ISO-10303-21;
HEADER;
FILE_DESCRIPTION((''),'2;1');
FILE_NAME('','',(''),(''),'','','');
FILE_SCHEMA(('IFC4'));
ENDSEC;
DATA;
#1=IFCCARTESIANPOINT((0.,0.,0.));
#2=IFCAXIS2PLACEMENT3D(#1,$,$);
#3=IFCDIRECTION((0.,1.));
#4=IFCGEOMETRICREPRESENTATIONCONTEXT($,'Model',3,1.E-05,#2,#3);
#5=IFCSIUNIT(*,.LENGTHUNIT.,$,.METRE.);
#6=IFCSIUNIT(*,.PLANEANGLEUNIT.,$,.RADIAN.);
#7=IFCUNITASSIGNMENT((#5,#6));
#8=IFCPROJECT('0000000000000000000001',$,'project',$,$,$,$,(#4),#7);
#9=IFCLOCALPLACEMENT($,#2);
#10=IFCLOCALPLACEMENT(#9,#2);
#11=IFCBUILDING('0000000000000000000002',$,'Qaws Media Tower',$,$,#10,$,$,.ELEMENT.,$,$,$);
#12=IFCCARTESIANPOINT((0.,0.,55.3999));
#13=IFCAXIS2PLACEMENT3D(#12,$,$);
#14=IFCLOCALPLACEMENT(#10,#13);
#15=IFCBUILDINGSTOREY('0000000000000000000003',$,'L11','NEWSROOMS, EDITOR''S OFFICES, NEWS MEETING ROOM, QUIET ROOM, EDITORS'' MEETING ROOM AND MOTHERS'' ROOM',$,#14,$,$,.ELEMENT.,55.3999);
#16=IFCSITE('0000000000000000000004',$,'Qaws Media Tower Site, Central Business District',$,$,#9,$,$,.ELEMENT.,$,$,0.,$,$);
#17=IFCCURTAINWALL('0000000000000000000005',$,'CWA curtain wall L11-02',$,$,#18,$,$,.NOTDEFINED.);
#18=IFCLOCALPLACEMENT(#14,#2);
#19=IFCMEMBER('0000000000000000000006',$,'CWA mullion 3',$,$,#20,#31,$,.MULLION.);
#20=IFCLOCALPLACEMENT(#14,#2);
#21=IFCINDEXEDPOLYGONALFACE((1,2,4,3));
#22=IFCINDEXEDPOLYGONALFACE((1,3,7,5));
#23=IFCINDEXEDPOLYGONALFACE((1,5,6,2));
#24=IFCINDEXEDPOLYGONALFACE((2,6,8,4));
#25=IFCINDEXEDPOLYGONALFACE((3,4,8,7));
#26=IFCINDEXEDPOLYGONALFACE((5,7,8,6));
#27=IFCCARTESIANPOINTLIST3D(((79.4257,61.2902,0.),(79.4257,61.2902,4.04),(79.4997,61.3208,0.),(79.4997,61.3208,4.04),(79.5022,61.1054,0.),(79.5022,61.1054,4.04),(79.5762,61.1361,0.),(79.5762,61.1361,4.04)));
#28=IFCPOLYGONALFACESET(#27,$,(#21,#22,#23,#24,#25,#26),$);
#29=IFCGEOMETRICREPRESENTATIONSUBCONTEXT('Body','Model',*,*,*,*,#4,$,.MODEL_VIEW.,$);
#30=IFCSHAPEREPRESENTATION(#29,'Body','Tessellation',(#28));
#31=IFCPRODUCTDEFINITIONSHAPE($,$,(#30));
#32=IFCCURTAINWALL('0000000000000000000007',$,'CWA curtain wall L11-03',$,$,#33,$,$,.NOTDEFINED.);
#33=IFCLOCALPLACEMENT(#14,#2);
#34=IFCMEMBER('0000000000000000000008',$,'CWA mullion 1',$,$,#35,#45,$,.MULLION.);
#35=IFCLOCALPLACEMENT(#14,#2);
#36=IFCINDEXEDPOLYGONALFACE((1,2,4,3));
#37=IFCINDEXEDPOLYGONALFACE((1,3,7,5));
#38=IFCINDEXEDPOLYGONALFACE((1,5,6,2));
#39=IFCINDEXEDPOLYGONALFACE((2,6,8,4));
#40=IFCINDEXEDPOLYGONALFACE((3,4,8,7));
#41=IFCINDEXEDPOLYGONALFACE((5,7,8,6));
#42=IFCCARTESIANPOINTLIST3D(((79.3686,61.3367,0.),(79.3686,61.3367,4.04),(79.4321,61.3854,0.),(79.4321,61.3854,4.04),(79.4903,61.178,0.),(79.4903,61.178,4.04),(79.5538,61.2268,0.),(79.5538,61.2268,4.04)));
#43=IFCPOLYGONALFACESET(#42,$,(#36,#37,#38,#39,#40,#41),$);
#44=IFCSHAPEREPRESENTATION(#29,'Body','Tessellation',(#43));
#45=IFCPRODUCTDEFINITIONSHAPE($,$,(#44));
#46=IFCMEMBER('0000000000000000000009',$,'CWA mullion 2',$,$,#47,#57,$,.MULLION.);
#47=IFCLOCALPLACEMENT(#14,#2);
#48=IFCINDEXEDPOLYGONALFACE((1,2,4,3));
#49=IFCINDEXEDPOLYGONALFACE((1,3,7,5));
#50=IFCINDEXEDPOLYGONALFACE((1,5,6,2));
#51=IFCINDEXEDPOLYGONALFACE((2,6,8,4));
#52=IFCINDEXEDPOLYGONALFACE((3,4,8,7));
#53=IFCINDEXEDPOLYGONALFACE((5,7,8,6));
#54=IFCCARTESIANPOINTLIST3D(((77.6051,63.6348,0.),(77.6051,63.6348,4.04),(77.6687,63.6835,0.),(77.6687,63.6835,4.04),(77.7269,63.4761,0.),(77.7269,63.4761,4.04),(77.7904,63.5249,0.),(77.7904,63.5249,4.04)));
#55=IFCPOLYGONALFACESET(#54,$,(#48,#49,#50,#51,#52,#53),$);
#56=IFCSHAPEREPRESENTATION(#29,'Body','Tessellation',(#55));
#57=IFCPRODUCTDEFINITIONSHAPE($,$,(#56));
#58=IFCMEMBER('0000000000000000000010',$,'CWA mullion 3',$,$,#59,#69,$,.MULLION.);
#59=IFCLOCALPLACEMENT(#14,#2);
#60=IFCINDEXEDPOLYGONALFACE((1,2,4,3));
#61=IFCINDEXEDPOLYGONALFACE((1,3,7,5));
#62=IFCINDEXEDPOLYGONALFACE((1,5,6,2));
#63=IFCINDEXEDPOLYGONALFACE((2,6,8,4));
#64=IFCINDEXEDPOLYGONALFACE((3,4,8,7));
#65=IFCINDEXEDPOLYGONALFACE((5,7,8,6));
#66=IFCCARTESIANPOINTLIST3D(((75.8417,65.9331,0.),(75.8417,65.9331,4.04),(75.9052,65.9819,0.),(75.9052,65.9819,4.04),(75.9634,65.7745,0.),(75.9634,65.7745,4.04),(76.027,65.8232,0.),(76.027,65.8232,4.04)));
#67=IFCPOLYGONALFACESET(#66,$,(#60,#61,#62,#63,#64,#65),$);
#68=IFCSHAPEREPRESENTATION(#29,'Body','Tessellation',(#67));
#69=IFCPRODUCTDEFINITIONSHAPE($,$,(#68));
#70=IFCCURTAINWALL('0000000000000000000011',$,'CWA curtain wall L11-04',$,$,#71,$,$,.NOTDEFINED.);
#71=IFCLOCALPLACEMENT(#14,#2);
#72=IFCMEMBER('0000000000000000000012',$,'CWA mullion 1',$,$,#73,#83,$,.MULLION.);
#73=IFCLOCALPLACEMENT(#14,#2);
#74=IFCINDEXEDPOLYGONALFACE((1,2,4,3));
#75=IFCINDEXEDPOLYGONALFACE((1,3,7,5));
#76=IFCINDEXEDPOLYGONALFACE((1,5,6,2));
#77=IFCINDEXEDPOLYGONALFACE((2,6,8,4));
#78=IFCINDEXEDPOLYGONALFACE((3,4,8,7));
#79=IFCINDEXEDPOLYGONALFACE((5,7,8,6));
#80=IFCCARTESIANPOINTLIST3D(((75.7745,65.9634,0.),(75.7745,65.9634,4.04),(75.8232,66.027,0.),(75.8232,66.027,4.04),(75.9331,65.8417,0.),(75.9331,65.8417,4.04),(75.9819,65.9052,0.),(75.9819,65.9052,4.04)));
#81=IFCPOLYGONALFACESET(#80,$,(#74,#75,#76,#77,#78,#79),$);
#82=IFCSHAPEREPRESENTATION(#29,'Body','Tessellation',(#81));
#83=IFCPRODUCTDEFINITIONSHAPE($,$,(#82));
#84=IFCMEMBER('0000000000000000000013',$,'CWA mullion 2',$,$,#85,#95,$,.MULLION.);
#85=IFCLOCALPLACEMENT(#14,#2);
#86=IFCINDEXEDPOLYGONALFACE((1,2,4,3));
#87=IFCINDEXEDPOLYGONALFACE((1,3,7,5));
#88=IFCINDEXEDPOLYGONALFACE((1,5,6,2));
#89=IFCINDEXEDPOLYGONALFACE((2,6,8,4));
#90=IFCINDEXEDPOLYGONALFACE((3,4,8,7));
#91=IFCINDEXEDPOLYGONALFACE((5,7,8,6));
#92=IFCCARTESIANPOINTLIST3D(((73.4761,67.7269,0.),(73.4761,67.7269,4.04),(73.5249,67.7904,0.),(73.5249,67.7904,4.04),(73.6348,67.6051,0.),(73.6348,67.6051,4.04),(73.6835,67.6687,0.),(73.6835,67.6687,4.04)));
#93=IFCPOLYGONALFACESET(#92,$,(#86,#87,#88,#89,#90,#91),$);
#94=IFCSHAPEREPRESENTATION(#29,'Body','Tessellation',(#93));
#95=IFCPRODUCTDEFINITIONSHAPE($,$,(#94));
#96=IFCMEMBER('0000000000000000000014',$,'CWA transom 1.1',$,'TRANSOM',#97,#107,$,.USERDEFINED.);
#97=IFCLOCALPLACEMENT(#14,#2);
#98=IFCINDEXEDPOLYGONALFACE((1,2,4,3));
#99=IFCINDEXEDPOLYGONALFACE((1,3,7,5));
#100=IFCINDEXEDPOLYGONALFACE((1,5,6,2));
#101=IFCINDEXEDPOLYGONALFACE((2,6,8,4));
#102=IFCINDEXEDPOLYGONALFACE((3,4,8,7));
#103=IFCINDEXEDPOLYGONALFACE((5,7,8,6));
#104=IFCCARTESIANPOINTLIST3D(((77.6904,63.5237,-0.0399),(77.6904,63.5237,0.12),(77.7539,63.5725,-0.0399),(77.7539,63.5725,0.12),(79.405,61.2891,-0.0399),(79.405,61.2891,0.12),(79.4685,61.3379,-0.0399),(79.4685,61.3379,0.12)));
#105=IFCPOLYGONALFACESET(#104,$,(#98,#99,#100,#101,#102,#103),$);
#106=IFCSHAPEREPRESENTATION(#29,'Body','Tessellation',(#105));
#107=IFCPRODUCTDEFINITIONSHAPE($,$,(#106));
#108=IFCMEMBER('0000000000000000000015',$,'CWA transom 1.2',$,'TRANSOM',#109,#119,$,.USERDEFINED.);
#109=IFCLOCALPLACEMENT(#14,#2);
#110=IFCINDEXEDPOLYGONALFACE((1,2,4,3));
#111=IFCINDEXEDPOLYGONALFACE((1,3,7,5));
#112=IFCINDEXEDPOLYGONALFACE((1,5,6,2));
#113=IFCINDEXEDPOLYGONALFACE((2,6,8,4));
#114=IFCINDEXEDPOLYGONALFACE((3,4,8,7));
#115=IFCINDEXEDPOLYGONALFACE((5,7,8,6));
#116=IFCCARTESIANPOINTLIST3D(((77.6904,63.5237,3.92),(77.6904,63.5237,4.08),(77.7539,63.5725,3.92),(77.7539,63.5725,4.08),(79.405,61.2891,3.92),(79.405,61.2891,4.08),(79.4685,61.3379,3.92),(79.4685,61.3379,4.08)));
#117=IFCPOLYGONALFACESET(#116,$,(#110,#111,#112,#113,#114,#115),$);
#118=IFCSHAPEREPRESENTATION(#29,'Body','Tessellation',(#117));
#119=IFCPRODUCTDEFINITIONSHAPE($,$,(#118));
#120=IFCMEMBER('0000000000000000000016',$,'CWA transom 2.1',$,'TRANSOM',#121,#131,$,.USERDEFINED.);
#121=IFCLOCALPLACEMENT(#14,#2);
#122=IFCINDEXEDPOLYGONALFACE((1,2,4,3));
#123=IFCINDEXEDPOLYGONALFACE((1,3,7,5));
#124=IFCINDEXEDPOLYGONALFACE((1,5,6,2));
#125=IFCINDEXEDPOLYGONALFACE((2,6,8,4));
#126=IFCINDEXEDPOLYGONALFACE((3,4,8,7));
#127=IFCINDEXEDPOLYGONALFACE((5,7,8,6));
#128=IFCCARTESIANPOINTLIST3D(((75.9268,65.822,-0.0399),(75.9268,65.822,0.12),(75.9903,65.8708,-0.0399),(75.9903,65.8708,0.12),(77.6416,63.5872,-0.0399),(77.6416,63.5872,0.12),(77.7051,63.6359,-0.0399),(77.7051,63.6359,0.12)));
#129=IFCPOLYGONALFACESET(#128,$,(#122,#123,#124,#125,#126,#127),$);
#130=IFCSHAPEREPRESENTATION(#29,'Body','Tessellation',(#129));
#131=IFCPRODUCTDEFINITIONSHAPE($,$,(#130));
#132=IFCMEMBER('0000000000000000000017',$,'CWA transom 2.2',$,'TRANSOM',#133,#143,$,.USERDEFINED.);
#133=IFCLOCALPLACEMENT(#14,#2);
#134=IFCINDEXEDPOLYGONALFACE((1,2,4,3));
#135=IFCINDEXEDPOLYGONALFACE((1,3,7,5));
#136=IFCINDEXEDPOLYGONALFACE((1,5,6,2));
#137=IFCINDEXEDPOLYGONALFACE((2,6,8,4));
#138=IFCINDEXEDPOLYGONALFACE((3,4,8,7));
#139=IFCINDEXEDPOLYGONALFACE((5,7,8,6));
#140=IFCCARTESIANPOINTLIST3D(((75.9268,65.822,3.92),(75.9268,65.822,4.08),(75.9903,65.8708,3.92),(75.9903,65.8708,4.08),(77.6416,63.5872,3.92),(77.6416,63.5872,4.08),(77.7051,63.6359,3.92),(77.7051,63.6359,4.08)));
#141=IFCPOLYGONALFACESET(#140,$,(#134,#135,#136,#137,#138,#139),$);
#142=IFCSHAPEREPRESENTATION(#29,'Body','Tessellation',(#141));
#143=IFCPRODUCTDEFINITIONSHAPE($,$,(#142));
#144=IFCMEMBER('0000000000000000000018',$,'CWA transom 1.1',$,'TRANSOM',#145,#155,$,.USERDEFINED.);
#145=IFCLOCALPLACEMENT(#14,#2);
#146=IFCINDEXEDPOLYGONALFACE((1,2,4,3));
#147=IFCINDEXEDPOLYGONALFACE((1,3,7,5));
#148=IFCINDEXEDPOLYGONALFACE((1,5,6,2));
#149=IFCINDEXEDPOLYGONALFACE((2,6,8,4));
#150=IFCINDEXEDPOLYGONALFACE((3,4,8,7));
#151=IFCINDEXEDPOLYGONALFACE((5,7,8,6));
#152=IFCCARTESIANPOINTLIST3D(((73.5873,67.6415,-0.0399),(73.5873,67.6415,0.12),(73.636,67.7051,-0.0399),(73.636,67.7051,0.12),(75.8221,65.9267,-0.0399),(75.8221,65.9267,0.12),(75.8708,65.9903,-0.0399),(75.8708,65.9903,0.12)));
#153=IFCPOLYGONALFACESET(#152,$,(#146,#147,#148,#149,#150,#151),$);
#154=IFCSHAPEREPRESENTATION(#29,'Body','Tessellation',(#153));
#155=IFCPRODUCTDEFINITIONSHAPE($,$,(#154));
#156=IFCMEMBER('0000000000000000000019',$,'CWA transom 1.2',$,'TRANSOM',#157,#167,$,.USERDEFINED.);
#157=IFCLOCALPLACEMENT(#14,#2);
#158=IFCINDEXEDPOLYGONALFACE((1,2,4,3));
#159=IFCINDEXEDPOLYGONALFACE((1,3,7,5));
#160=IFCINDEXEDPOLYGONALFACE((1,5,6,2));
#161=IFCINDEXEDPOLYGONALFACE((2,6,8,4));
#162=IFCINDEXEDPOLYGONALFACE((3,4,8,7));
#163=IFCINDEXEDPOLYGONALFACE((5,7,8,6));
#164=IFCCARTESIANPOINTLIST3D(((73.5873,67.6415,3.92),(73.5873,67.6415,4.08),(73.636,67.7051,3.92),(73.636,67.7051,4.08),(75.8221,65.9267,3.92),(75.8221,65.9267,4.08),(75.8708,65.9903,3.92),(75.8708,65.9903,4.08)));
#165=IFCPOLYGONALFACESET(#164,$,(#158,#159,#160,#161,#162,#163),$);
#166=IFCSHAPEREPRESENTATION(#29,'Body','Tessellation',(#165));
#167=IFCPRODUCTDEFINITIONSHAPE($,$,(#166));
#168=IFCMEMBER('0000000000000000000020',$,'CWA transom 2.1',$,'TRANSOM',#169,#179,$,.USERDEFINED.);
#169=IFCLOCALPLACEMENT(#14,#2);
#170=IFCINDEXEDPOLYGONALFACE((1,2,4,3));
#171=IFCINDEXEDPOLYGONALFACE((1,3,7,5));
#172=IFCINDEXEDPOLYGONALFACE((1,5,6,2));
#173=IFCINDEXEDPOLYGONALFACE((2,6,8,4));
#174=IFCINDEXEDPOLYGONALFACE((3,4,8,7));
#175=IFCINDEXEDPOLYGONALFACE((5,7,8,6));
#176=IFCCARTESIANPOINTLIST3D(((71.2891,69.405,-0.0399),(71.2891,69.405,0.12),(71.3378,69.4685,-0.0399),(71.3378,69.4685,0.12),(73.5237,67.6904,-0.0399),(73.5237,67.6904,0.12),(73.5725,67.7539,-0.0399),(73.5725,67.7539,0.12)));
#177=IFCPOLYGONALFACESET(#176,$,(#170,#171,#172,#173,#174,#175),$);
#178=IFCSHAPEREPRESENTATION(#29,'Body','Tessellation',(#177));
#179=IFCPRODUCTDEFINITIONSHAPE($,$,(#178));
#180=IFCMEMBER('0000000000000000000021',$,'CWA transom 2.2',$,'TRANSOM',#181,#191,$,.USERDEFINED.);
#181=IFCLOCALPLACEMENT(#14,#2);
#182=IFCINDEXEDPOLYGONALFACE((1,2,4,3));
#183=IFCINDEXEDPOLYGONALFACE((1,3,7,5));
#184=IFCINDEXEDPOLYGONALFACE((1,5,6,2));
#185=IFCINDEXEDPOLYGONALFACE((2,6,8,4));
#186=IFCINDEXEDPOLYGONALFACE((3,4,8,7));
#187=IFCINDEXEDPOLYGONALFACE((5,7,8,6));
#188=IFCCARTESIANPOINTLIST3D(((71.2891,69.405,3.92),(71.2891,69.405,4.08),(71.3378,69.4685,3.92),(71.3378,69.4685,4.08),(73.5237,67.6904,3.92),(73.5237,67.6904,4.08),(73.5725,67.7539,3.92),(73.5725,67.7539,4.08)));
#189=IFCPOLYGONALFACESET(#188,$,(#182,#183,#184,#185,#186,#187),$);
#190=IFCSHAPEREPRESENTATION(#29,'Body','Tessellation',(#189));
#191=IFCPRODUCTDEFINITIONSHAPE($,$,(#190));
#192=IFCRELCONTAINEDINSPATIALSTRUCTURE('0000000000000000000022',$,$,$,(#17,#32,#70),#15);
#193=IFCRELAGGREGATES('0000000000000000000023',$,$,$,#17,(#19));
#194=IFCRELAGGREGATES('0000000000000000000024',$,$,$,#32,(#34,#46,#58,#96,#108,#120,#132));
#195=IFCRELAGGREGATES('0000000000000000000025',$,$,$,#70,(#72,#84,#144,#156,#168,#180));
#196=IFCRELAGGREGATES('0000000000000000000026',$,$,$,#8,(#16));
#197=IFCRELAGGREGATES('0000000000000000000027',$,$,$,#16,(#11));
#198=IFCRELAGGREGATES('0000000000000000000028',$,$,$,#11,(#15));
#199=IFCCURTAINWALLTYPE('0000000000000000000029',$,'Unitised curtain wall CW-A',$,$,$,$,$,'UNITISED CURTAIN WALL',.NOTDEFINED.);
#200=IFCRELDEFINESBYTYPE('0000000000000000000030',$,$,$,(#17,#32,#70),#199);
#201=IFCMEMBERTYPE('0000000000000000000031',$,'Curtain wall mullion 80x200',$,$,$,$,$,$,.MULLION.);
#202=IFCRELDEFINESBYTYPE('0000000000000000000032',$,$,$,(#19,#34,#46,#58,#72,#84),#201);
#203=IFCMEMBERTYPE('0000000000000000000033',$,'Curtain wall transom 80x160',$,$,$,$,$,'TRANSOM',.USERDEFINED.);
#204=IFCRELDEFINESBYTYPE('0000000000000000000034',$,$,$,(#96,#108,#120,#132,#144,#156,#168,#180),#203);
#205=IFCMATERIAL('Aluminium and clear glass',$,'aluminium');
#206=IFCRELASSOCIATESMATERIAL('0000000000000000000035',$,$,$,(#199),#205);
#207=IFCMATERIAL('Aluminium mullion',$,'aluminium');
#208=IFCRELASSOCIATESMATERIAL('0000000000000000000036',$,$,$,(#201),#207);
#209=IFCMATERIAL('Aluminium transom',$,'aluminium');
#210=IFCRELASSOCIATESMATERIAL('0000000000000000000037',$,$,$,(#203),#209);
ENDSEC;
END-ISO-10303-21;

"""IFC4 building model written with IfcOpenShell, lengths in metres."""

from ifc_helpers import new_model, si_unit, direction, frame, origin, origin_2d, place, context, subcontext, project, spatial, rectangle, extrude, material, material_profile, profile_set, type_object, element, aggregate, save


model = new_model("IFC4")

# Units and contexts
model_context = context("Model", 3, precision=1e-05, world=origin(), true_north=direction((0.0, 1.0)))
body_context = subcontext(model_context, "Body", "Model", "MODEL_VIEW")
ifc_project = project(units=[si_unit("LENGTHUNIT", "METRE"), si_unit("PLANEANGLEUNIT", "RADIAN")], contexts=[model_context])

# Site, building, storey
site_placement = place(None, origin())
site = spatial("IfcSite", under=ifc_project, at=site_placement, Name="Qaws Media Tower Site, Central Business District", CompositionType="ELEMENT", RefElevation=0.0)
building_placement = place(site_placement, origin())
building = spatial("IfcBuilding", under=site, at=building_placement, Name="Qaws Media Tower", CompositionType="ELEMENT")
storey_placement = place(building_placement, frame((0.0, 0.0, 55.3999)))
storey = spatial("IfcBuildingStorey", under=building, at=storey_placement, Name="L11", Description="NEWSROOMS, EDITOR'S OFFICES, NEWS MEETING ROOM, QUIET ROOM, EDITORS' MEETING ROOM AND MOTHERS' ROOM", CompositionType="ELEMENT", Elevation=55.3999)

# Curtain wall, member
ifc_material_1 = material(Name="Aluminium and clear glass", Category="aluminium")
curtain_wall_type = type_object("IfcCurtainWallType", Name="Unitised curtain wall CW-A", ElementType="UNITISED CURTAIN WALL", PredefinedType="NOTDEFINED", material=ifc_material_1)
curtain_wall_1_placement = place(storey_placement, origin())
curtain_wall_1 = element("IfcCurtainWall", 1, at=curtain_wall_1_placement, inside=storey, type_object=curtain_wall_type, Name="CWA curtain wall L11-02", PredefinedType="NOTDEFINED")
ifc_material_2 = material(Name="Aluminium mullion", Category="aluminium")
ifc_material_profile_1 = material_profile(ifc_material_2, rectangle(XDim=0.0801, YDim=0.2, at=origin_2d()), Name="80x200")
ifc_profile_set_1 = profile_set([ifc_material_profile_1], Name="Aluminium mullion")
member_type_1 = type_object("IfcMemberType", Name="Curtain wall mullion 80x200", PredefinedType="MULLION", material=ifc_profile_set_1)
member_1_placement = place(storey_placement, frame((79.501, 61.2131, 0.0), z_axis=(0.0, 0.0, 1.0), x_axis=(-0.92388, -0.382683, 0.0)))
member_1 = element("IfcMember", 2, at=member_1_placement, type_object=member_type_1, Name="CWA mullion 3", PredefinedType="MULLION", context=body_context, shape_type="SweptSolid", body=[
    extrude(rectangle(XDim=0.0801, YDim=0.2, at=origin_2d()), origin(), (0.0, 0.0, 1.0), 4.04),
])

# Curtain walls, members
curtain_wall_2_placement = place(storey_placement, origin())
curtain_wall_2 = element("IfcCurtainWall", 3, at=curtain_wall_2_placement, inside=storey, type_object=curtain_wall_type, Name="CWA curtain wall L11-03", PredefinedType="NOTDEFINED")
member_2_placement = place(storey_placement, frame((79.4612, 61.2817, 0.0), z_axis=(0.0, 0.0, 1.0), x_axis=(-0.793353, -0.608761, 0.0)))
member_2 = element("IfcMember", 4, at=member_2_placement, type_object=member_type_1, Name="CWA mullion 1", PredefinedType="MULLION", context=body_context, shape_type="SweptSolid", body=[
    extrude(rectangle(XDim=0.0801, YDim=0.2, at=origin_2d()), origin(), (0.0, 0.0, 1.0), 4.04),
])
member_3_placement = place(storey_placement, frame((77.6978, 63.5798, 0.0), z_axis=(0.0, 0.0, 1.0), x_axis=(-0.793353, -0.608761, 0.0)))
member_3 = element("IfcMember", 5, at=member_3_placement, type_object=member_type_1, Name="CWA mullion 2", PredefinedType="MULLION", context=body_context, shape_type="SweptSolid", body=[
    extrude(rectangle(XDim=0.0801, YDim=0.2, at=origin_2d()), origin(), (0.0, 0.0, 1.0), 4.04),
])
member_4_placement = place(storey_placement, frame((75.9343, 65.8782, 0.0), z_axis=(0.0, 0.0, 1.0), x_axis=(-0.793353, -0.608761, 0.0)))
member_4 = element("IfcMember", 6, at=member_4_placement, type_object=member_type_1, Name="CWA mullion 3", PredefinedType="MULLION", context=body_context, shape_type="SweptSolid", body=[
    extrude(rectangle(XDim=0.0801, YDim=0.2, at=origin_2d()), origin(), (0.0, 0.0, 1.0), 4.04),
])
curtain_wall_3_placement = place(storey_placement, origin())
curtain_wall_3 = element("IfcCurtainWall", 7, at=curtain_wall_3_placement, inside=storey, type_object=curtain_wall_type, Name="CWA curtain wall L11-04", PredefinedType="NOTDEFINED")
member_5_placement = place(storey_placement, frame((75.8782, 65.9343, 0.0), z_axis=(0.0, 0.0, 1.0), x_axis=(-0.608761, -0.793353, 0.0)))
member_5 = element("IfcMember", 8, at=member_5_placement, type_object=member_type_1, Name="CWA mullion 1", PredefinedType="MULLION", context=body_context, shape_type="SweptSolid", body=[
    extrude(rectangle(XDim=0.0801, YDim=0.2, at=origin_2d()), origin(), (0.0, 0.0, 1.0), 4.04),
])
member_6_placement = place(storey_placement, frame((73.5798, 67.6978, 0.0), z_axis=(0.0, 0.0, 1.0), x_axis=(-0.608761, -0.793353, 0.0)))
member_6 = element("IfcMember", 9, at=member_6_placement, type_object=member_type_1, Name="CWA mullion 2", PredefinedType="MULLION", context=body_context, shape_type="SweptSolid", body=[
    extrude(rectangle(XDim=0.0801, YDim=0.2, at=origin_2d()), origin(), (0.0, 0.0, 1.0), 4.04),
])

# Members
ifc_material_3 = material(Name="Aluminium transom", Category="aluminium")
ifc_material_profile_2 = material_profile(ifc_material_3, rectangle(XDim=0.0801, YDim=0.1599, at=origin_2d()), Name="80x160")
ifc_profile_set_2 = profile_set([ifc_material_profile_2], Name="Aluminium transom")
member_type_2 = type_object("IfcMemberType", Name="Curtain wall transom 80x160", ElementType="TRANSOM", PredefinedType="USERDEFINED", material=ifc_profile_set_2)
member_7_placement = place(storey_placement, frame((79.4368, 61.3135, 0.04), z_axis=(-0.608743, 0.793368, 0.0), x_axis=(-0.793368, -0.608743, 0.0)))
member_7 = element("IfcMember", 10, at=member_7_placement, type_object=member_type_2, Name="CWA transom 1.1", ObjectType="TRANSOM", PredefinedType="USERDEFINED", context=body_context, shape_type="SweptSolid", body=[
    extrude(rectangle(XDim=0.0801, YDim=0.1599, at=origin_2d()), origin(), (0.0, 0.0, 1.0), 2.8167),
])
member_8_placement = place(storey_placement, frame((79.4368, 61.3135, 4.0), z_axis=(-0.608743, 0.793368, 0.0), x_axis=(-0.793368, -0.608743, 0.0)))
member_8 = element("IfcMember", 11, at=member_8_placement, type_object=member_type_2, Name="CWA transom 1.2", ObjectType="TRANSOM", PredefinedType="USERDEFINED", context=body_context, shape_type="SweptSolid", body=[
    extrude(rectangle(XDim=0.0801, YDim=0.1599, at=origin_2d()), origin(), (0.0, 0.0, 1.0), 2.8167),
])
member_9_placement = place(storey_placement, frame((77.6733, 63.6116, 0.04), z_axis=(-0.608755, 0.793358, 0.0), x_axis=(-0.793358, -0.608755, 0.0)))
member_9 = element("IfcMember", 12, at=member_9_placement, type_object=member_type_2, Name="CWA transom 2.1", ObjectType="TRANSOM", PredefinedType="USERDEFINED", context=body_context, shape_type="SweptSolid", body=[
    extrude(rectangle(XDim=0.0801, YDim=0.1599, at=origin_2d()), origin(), (0.0, 0.0, 1.0), 2.8169),
])
member_10_placement = place(storey_placement, frame((77.6733, 63.6116, 4.0), z_axis=(-0.608755, 0.793358, 0.0), x_axis=(-0.793358, -0.608755, 0.0)))
member_10 = element("IfcMember", 13, at=member_10_placement, type_object=member_type_2, Name="CWA transom 2.2", ObjectType="TRANSOM", PredefinedType="USERDEFINED", context=body_context, shape_type="SweptSolid", body=[
    extrude(rectangle(XDim=0.0801, YDim=0.1599, at=origin_2d()), origin(), (0.0, 0.0, 1.0), 2.8169),
])
member_11_placement = place(storey_placement, frame((75.8464, 65.9585, 0.04), z_axis=(-0.793358, 0.608755, 0.0), x_axis=(-0.608755, -0.793358, 0.0)))
member_11 = element("IfcMember", 14, at=member_11_placement, type_object=member_type_2, Name="CWA transom 1.1", ObjectType="TRANSOM", PredefinedType="USERDEFINED", context=body_context, shape_type="SweptSolid", body=[
    extrude(rectangle(XDim=0.0801, YDim=0.1599, at=origin_2d()), origin(), (0.0, 0.0, 1.0), 2.8169),
])
member_12_placement = place(storey_placement, frame((75.8464, 65.9585, 4.0), z_axis=(-0.793358, 0.608755, 0.0), x_axis=(-0.608755, -0.793358, 0.0)))
member_12 = element("IfcMember", 15, at=member_12_placement, type_object=member_type_2, Name="CWA transom 1.2", ObjectType="TRANSOM", PredefinedType="USERDEFINED", context=body_context, shape_type="SweptSolid", body=[
    extrude(rectangle(XDim=0.0801, YDim=0.1599, at=origin_2d()), origin(), (0.0, 0.0, 1.0), 2.8169),
])
member_13_placement = place(storey_placement, frame((73.5481, 67.7222, 0.04), z_axis=(-0.793368, 0.608743, 0.0), x_axis=(-0.608743, -0.793368, 0.0)))
member_13 = element("IfcMember", 16, at=member_13_placement, type_object=member_type_2, Name="CWA transom 2.1", ObjectType="TRANSOM", PredefinedType="USERDEFINED", context=body_context, shape_type="SweptSolid", body=[
    extrude(rectangle(XDim=0.0801, YDim=0.1599, at=origin_2d()), origin(), (0.0, 0.0, 1.0), 2.8167),
])
member_14_placement = place(storey_placement, frame((73.5481, 67.7222, 4.0), z_axis=(-0.793368, 0.608743, 0.0), x_axis=(-0.608743, -0.793368, 0.0)))
member_14 = element("IfcMember", 17, at=member_14_placement, type_object=member_type_2, Name="CWA transom 2.2", ObjectType="TRANSOM", PredefinedType="USERDEFINED", context=body_context, shape_type="SweptSolid", body=[
    extrude(rectangle(XDim=0.0801, YDim=0.1599, at=origin_2d()), origin(), (0.0, 0.0, 1.0), 2.8167),
])

aggregate(curtain_wall_1, [member_1])
aggregate(curtain_wall_2, [member_2, member_3, member_4, member_7, member_8, member_9, member_10])
aggregate(curtain_wall_3, [member_5, member_6, member_11, member_12, member_13, member_14])

save(model, "model.ifc")
